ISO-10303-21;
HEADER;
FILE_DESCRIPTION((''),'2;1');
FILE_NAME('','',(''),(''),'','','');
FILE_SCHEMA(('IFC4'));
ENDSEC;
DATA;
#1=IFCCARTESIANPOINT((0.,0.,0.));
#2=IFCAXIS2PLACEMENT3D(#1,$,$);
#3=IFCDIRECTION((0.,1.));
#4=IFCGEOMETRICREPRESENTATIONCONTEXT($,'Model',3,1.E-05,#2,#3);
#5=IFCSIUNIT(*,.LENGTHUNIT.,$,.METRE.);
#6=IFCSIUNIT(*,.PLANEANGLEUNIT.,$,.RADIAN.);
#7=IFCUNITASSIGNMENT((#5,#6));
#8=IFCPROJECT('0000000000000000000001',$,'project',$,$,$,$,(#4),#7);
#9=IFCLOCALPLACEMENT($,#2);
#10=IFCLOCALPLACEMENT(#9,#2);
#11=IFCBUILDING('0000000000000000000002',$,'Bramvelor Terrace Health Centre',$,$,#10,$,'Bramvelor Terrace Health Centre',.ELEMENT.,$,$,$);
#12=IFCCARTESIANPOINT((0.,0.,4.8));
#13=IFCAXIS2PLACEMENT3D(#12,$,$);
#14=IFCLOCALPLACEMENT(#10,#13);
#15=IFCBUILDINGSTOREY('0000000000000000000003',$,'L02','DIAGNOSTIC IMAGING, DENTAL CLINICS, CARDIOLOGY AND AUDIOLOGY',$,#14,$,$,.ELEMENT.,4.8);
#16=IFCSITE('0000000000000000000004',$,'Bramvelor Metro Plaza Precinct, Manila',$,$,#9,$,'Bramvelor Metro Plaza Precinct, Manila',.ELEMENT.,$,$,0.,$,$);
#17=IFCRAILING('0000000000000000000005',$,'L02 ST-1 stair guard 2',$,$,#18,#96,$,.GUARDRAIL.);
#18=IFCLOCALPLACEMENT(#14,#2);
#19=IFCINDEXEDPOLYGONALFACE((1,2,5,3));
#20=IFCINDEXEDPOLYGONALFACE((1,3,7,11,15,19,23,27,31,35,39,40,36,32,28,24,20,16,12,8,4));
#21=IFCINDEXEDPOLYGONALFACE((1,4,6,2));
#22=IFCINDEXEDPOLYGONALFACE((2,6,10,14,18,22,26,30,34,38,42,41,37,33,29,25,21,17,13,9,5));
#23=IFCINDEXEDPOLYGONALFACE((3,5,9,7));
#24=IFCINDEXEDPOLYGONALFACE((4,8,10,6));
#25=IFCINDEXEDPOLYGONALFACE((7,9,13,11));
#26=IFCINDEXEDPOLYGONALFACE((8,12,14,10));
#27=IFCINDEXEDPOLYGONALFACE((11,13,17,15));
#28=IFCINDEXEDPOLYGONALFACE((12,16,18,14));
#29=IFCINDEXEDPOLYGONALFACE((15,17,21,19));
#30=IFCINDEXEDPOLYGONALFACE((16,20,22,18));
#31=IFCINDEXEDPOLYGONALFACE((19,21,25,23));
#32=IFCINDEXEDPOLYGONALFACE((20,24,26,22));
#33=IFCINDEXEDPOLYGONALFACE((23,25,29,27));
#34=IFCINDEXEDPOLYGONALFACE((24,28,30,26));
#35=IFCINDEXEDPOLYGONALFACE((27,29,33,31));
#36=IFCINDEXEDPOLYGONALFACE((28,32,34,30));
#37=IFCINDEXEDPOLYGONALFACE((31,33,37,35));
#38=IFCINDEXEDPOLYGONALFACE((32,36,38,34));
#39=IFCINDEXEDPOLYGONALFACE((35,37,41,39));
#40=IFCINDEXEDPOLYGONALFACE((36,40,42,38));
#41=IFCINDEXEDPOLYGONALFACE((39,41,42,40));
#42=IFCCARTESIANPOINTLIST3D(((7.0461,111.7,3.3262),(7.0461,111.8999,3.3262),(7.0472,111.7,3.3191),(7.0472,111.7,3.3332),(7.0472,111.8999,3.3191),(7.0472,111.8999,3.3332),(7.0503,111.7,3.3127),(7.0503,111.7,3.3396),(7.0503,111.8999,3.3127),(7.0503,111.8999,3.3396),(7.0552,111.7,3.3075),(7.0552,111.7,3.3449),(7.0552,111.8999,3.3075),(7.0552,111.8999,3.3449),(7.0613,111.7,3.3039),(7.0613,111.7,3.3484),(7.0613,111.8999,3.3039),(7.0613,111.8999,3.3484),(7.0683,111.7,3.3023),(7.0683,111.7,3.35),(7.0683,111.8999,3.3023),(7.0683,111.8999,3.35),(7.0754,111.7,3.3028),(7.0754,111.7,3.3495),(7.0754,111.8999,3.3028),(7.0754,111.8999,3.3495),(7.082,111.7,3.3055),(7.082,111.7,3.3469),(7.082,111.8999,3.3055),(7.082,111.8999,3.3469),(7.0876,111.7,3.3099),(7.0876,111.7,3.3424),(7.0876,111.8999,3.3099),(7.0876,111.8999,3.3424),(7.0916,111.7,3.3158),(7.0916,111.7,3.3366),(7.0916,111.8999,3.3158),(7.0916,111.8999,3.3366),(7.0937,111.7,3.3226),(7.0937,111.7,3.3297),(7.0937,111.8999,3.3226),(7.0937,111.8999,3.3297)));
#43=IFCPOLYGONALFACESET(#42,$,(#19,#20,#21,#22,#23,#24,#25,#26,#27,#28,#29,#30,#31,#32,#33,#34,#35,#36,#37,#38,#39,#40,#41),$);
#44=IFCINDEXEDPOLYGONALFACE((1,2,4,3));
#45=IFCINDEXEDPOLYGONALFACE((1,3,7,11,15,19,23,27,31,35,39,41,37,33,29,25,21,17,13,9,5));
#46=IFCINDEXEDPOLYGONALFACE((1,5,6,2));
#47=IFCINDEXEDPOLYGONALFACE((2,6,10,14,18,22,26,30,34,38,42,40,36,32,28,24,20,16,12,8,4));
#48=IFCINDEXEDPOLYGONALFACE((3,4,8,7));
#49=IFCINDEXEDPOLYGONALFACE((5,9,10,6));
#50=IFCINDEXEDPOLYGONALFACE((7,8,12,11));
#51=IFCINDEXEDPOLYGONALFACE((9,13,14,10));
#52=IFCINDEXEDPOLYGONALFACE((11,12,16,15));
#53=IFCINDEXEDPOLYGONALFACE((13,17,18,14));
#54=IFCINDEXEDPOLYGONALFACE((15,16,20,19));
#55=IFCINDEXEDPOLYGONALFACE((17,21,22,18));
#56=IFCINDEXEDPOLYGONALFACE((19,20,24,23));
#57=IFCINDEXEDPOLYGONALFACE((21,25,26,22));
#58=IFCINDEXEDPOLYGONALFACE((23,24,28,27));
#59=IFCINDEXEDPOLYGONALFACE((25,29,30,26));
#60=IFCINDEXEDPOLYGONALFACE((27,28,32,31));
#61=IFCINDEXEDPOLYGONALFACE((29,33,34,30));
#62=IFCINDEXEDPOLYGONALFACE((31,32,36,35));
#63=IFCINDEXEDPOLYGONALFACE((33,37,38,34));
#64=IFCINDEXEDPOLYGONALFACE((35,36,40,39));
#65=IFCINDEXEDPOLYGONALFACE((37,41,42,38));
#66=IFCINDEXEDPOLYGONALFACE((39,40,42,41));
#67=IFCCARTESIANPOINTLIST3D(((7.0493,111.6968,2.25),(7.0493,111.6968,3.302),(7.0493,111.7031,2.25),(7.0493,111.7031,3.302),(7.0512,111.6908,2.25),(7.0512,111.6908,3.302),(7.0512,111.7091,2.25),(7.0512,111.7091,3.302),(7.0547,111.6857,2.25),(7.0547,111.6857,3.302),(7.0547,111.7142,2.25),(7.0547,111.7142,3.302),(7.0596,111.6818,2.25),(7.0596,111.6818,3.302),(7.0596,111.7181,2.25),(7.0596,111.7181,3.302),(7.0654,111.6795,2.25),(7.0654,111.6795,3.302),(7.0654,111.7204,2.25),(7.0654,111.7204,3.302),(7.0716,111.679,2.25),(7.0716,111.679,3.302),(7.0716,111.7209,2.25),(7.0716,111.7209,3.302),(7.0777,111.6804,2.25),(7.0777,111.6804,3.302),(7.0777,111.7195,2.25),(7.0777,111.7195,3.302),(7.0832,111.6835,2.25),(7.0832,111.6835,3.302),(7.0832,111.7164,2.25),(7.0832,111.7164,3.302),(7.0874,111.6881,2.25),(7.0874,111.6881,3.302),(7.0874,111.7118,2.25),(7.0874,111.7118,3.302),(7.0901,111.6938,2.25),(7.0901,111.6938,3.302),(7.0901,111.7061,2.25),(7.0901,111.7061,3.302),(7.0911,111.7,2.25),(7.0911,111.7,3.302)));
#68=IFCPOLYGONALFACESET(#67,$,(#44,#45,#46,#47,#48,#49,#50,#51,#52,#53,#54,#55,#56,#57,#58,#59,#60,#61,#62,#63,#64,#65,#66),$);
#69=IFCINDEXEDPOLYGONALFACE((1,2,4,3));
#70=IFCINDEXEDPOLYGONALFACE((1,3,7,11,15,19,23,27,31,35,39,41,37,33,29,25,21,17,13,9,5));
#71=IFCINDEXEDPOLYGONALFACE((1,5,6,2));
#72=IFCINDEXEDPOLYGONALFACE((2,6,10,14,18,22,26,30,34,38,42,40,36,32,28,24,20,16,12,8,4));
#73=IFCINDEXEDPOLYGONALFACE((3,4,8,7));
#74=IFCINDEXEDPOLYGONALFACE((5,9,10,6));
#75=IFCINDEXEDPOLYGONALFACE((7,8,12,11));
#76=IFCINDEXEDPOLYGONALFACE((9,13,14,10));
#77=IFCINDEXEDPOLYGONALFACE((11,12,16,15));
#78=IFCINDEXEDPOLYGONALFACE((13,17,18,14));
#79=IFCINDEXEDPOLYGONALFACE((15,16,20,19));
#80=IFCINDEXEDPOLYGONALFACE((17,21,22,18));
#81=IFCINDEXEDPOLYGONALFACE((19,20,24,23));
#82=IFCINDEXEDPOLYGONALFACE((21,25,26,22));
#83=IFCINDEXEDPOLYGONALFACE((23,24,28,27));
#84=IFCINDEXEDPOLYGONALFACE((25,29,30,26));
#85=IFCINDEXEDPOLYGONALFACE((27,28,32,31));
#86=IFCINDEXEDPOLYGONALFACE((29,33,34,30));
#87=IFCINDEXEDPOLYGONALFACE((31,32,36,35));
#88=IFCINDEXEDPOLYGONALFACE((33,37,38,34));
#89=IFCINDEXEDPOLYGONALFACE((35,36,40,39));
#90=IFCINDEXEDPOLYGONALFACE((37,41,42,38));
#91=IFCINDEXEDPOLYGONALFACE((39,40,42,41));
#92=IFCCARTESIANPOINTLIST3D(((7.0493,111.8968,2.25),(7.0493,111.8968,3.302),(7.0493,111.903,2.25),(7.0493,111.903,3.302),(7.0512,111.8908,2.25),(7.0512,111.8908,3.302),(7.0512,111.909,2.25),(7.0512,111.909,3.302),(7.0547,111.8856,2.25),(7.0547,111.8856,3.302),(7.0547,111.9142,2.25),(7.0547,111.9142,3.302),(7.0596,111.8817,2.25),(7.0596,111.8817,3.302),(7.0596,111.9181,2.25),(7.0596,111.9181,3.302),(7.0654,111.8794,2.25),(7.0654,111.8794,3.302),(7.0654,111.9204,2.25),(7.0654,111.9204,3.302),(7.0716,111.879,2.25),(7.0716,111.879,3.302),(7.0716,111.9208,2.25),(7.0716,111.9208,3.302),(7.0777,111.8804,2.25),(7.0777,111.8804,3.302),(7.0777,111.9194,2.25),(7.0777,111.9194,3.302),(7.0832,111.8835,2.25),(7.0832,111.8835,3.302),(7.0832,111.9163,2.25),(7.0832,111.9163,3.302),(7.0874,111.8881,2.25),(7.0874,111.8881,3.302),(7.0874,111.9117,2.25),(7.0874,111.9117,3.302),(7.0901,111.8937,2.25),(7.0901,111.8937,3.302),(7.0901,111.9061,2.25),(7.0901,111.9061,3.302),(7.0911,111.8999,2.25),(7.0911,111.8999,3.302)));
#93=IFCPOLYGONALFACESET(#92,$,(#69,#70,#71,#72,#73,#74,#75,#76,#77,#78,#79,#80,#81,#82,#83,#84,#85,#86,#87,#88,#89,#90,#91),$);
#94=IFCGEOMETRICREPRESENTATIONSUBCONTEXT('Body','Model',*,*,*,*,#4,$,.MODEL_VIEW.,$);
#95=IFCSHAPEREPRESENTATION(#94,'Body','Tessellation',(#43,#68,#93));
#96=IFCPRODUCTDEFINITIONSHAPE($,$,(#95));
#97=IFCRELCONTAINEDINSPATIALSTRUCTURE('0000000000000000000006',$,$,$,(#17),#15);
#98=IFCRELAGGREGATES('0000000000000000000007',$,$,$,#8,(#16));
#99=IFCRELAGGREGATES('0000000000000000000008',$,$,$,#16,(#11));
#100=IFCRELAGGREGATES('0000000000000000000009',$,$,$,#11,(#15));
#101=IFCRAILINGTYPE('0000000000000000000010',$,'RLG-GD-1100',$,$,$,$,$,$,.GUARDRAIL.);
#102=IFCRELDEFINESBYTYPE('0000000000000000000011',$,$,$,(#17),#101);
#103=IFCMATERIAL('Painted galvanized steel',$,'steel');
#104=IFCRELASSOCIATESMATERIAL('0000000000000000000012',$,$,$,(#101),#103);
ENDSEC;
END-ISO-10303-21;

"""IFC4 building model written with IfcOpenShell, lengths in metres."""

from ifc_helpers import new_model, si_unit, direction, frame, origin, origin_2d, place, context, subcontext, project, spatial, circle, extrude, material, type_object, element, save


model = new_model("IFC4")

# Units and contexts
model_context = context("Model", 3, precision=1e-05, world=origin(), true_north=direction((0.0, 1.0)))
body_context = subcontext(model_context, "Body", "Model", "MODEL_VIEW")
ifc_project = project(units=[si_unit("LENGTHUNIT", "METRE"), si_unit("PLANEANGLEUNIT", "RADIAN")], contexts=[model_context])

# Site, building, storey
site_placement = place(None, origin())
site = spatial("IfcSite", under=ifc_project, at=site_placement, Name="Bramvelor Metro Plaza Precinct, Manila", LongName="Bramvelor Metro Plaza Precinct, Manila", CompositionType="ELEMENT", RefElevation=0.0)
building_placement = place(site_placement, origin())
building = spatial("IfcBuilding", under=site, at=building_placement, Name="Bramvelor Terrace Health Centre", LongName="Bramvelor Terrace Health Centre", CompositionType="ELEMENT")
storey_placement = place(building_placement, frame((0.0, 0.0, 4.8)))
storey = spatial("IfcBuildingStorey", under=building, at=storey_placement, Name="L02", Description="DIAGNOSTIC IMAGING, DENTAL CLINICS, CARDIOLOGY AND AUDIOLOGY", CompositionType="ELEMENT", Elevation=4.8)

# Railing
ifc_material_1 = material(Name="Painted galvanized steel", Category="steel")
railing_type_1 = type_object("IfcRailingType", Name="RLG-GD-1100", PredefinedType="GUARDRAIL", material=ifc_material_1)
railing_1_placement = place(storey_placement, frame((7.0701, 111.7, 2.25)))
element("IfcRailing", 1, at=railing_1_placement, inside=storey, type_object=railing_type_1, Name="L02 ST-1 stair guard 2", PredefinedType="GUARDRAIL", context=body_context, shape_type="SweptSolid", body=[
    extrude(circle(Radius=0.0239, at=origin_2d()), frame((0.0, 0.0, 1.0762), z_axis=(0.0, 1.0, 0.0), x_axis=(-1.0, 0.0, 0.0)), (0.0, 0.0, 1.0), 0.2),
    extrude(circle(Radius=0.021, at=origin_2d()), origin(), (0.0, 0.0, 1.0), 1.052),
    extrude(circle(Radius=0.021, at=origin_2d()), frame((0.0, 0.2, 0.0)), (0.0, 0.0, 1.0), 1.052),
])

save(model, "model.ifc")
